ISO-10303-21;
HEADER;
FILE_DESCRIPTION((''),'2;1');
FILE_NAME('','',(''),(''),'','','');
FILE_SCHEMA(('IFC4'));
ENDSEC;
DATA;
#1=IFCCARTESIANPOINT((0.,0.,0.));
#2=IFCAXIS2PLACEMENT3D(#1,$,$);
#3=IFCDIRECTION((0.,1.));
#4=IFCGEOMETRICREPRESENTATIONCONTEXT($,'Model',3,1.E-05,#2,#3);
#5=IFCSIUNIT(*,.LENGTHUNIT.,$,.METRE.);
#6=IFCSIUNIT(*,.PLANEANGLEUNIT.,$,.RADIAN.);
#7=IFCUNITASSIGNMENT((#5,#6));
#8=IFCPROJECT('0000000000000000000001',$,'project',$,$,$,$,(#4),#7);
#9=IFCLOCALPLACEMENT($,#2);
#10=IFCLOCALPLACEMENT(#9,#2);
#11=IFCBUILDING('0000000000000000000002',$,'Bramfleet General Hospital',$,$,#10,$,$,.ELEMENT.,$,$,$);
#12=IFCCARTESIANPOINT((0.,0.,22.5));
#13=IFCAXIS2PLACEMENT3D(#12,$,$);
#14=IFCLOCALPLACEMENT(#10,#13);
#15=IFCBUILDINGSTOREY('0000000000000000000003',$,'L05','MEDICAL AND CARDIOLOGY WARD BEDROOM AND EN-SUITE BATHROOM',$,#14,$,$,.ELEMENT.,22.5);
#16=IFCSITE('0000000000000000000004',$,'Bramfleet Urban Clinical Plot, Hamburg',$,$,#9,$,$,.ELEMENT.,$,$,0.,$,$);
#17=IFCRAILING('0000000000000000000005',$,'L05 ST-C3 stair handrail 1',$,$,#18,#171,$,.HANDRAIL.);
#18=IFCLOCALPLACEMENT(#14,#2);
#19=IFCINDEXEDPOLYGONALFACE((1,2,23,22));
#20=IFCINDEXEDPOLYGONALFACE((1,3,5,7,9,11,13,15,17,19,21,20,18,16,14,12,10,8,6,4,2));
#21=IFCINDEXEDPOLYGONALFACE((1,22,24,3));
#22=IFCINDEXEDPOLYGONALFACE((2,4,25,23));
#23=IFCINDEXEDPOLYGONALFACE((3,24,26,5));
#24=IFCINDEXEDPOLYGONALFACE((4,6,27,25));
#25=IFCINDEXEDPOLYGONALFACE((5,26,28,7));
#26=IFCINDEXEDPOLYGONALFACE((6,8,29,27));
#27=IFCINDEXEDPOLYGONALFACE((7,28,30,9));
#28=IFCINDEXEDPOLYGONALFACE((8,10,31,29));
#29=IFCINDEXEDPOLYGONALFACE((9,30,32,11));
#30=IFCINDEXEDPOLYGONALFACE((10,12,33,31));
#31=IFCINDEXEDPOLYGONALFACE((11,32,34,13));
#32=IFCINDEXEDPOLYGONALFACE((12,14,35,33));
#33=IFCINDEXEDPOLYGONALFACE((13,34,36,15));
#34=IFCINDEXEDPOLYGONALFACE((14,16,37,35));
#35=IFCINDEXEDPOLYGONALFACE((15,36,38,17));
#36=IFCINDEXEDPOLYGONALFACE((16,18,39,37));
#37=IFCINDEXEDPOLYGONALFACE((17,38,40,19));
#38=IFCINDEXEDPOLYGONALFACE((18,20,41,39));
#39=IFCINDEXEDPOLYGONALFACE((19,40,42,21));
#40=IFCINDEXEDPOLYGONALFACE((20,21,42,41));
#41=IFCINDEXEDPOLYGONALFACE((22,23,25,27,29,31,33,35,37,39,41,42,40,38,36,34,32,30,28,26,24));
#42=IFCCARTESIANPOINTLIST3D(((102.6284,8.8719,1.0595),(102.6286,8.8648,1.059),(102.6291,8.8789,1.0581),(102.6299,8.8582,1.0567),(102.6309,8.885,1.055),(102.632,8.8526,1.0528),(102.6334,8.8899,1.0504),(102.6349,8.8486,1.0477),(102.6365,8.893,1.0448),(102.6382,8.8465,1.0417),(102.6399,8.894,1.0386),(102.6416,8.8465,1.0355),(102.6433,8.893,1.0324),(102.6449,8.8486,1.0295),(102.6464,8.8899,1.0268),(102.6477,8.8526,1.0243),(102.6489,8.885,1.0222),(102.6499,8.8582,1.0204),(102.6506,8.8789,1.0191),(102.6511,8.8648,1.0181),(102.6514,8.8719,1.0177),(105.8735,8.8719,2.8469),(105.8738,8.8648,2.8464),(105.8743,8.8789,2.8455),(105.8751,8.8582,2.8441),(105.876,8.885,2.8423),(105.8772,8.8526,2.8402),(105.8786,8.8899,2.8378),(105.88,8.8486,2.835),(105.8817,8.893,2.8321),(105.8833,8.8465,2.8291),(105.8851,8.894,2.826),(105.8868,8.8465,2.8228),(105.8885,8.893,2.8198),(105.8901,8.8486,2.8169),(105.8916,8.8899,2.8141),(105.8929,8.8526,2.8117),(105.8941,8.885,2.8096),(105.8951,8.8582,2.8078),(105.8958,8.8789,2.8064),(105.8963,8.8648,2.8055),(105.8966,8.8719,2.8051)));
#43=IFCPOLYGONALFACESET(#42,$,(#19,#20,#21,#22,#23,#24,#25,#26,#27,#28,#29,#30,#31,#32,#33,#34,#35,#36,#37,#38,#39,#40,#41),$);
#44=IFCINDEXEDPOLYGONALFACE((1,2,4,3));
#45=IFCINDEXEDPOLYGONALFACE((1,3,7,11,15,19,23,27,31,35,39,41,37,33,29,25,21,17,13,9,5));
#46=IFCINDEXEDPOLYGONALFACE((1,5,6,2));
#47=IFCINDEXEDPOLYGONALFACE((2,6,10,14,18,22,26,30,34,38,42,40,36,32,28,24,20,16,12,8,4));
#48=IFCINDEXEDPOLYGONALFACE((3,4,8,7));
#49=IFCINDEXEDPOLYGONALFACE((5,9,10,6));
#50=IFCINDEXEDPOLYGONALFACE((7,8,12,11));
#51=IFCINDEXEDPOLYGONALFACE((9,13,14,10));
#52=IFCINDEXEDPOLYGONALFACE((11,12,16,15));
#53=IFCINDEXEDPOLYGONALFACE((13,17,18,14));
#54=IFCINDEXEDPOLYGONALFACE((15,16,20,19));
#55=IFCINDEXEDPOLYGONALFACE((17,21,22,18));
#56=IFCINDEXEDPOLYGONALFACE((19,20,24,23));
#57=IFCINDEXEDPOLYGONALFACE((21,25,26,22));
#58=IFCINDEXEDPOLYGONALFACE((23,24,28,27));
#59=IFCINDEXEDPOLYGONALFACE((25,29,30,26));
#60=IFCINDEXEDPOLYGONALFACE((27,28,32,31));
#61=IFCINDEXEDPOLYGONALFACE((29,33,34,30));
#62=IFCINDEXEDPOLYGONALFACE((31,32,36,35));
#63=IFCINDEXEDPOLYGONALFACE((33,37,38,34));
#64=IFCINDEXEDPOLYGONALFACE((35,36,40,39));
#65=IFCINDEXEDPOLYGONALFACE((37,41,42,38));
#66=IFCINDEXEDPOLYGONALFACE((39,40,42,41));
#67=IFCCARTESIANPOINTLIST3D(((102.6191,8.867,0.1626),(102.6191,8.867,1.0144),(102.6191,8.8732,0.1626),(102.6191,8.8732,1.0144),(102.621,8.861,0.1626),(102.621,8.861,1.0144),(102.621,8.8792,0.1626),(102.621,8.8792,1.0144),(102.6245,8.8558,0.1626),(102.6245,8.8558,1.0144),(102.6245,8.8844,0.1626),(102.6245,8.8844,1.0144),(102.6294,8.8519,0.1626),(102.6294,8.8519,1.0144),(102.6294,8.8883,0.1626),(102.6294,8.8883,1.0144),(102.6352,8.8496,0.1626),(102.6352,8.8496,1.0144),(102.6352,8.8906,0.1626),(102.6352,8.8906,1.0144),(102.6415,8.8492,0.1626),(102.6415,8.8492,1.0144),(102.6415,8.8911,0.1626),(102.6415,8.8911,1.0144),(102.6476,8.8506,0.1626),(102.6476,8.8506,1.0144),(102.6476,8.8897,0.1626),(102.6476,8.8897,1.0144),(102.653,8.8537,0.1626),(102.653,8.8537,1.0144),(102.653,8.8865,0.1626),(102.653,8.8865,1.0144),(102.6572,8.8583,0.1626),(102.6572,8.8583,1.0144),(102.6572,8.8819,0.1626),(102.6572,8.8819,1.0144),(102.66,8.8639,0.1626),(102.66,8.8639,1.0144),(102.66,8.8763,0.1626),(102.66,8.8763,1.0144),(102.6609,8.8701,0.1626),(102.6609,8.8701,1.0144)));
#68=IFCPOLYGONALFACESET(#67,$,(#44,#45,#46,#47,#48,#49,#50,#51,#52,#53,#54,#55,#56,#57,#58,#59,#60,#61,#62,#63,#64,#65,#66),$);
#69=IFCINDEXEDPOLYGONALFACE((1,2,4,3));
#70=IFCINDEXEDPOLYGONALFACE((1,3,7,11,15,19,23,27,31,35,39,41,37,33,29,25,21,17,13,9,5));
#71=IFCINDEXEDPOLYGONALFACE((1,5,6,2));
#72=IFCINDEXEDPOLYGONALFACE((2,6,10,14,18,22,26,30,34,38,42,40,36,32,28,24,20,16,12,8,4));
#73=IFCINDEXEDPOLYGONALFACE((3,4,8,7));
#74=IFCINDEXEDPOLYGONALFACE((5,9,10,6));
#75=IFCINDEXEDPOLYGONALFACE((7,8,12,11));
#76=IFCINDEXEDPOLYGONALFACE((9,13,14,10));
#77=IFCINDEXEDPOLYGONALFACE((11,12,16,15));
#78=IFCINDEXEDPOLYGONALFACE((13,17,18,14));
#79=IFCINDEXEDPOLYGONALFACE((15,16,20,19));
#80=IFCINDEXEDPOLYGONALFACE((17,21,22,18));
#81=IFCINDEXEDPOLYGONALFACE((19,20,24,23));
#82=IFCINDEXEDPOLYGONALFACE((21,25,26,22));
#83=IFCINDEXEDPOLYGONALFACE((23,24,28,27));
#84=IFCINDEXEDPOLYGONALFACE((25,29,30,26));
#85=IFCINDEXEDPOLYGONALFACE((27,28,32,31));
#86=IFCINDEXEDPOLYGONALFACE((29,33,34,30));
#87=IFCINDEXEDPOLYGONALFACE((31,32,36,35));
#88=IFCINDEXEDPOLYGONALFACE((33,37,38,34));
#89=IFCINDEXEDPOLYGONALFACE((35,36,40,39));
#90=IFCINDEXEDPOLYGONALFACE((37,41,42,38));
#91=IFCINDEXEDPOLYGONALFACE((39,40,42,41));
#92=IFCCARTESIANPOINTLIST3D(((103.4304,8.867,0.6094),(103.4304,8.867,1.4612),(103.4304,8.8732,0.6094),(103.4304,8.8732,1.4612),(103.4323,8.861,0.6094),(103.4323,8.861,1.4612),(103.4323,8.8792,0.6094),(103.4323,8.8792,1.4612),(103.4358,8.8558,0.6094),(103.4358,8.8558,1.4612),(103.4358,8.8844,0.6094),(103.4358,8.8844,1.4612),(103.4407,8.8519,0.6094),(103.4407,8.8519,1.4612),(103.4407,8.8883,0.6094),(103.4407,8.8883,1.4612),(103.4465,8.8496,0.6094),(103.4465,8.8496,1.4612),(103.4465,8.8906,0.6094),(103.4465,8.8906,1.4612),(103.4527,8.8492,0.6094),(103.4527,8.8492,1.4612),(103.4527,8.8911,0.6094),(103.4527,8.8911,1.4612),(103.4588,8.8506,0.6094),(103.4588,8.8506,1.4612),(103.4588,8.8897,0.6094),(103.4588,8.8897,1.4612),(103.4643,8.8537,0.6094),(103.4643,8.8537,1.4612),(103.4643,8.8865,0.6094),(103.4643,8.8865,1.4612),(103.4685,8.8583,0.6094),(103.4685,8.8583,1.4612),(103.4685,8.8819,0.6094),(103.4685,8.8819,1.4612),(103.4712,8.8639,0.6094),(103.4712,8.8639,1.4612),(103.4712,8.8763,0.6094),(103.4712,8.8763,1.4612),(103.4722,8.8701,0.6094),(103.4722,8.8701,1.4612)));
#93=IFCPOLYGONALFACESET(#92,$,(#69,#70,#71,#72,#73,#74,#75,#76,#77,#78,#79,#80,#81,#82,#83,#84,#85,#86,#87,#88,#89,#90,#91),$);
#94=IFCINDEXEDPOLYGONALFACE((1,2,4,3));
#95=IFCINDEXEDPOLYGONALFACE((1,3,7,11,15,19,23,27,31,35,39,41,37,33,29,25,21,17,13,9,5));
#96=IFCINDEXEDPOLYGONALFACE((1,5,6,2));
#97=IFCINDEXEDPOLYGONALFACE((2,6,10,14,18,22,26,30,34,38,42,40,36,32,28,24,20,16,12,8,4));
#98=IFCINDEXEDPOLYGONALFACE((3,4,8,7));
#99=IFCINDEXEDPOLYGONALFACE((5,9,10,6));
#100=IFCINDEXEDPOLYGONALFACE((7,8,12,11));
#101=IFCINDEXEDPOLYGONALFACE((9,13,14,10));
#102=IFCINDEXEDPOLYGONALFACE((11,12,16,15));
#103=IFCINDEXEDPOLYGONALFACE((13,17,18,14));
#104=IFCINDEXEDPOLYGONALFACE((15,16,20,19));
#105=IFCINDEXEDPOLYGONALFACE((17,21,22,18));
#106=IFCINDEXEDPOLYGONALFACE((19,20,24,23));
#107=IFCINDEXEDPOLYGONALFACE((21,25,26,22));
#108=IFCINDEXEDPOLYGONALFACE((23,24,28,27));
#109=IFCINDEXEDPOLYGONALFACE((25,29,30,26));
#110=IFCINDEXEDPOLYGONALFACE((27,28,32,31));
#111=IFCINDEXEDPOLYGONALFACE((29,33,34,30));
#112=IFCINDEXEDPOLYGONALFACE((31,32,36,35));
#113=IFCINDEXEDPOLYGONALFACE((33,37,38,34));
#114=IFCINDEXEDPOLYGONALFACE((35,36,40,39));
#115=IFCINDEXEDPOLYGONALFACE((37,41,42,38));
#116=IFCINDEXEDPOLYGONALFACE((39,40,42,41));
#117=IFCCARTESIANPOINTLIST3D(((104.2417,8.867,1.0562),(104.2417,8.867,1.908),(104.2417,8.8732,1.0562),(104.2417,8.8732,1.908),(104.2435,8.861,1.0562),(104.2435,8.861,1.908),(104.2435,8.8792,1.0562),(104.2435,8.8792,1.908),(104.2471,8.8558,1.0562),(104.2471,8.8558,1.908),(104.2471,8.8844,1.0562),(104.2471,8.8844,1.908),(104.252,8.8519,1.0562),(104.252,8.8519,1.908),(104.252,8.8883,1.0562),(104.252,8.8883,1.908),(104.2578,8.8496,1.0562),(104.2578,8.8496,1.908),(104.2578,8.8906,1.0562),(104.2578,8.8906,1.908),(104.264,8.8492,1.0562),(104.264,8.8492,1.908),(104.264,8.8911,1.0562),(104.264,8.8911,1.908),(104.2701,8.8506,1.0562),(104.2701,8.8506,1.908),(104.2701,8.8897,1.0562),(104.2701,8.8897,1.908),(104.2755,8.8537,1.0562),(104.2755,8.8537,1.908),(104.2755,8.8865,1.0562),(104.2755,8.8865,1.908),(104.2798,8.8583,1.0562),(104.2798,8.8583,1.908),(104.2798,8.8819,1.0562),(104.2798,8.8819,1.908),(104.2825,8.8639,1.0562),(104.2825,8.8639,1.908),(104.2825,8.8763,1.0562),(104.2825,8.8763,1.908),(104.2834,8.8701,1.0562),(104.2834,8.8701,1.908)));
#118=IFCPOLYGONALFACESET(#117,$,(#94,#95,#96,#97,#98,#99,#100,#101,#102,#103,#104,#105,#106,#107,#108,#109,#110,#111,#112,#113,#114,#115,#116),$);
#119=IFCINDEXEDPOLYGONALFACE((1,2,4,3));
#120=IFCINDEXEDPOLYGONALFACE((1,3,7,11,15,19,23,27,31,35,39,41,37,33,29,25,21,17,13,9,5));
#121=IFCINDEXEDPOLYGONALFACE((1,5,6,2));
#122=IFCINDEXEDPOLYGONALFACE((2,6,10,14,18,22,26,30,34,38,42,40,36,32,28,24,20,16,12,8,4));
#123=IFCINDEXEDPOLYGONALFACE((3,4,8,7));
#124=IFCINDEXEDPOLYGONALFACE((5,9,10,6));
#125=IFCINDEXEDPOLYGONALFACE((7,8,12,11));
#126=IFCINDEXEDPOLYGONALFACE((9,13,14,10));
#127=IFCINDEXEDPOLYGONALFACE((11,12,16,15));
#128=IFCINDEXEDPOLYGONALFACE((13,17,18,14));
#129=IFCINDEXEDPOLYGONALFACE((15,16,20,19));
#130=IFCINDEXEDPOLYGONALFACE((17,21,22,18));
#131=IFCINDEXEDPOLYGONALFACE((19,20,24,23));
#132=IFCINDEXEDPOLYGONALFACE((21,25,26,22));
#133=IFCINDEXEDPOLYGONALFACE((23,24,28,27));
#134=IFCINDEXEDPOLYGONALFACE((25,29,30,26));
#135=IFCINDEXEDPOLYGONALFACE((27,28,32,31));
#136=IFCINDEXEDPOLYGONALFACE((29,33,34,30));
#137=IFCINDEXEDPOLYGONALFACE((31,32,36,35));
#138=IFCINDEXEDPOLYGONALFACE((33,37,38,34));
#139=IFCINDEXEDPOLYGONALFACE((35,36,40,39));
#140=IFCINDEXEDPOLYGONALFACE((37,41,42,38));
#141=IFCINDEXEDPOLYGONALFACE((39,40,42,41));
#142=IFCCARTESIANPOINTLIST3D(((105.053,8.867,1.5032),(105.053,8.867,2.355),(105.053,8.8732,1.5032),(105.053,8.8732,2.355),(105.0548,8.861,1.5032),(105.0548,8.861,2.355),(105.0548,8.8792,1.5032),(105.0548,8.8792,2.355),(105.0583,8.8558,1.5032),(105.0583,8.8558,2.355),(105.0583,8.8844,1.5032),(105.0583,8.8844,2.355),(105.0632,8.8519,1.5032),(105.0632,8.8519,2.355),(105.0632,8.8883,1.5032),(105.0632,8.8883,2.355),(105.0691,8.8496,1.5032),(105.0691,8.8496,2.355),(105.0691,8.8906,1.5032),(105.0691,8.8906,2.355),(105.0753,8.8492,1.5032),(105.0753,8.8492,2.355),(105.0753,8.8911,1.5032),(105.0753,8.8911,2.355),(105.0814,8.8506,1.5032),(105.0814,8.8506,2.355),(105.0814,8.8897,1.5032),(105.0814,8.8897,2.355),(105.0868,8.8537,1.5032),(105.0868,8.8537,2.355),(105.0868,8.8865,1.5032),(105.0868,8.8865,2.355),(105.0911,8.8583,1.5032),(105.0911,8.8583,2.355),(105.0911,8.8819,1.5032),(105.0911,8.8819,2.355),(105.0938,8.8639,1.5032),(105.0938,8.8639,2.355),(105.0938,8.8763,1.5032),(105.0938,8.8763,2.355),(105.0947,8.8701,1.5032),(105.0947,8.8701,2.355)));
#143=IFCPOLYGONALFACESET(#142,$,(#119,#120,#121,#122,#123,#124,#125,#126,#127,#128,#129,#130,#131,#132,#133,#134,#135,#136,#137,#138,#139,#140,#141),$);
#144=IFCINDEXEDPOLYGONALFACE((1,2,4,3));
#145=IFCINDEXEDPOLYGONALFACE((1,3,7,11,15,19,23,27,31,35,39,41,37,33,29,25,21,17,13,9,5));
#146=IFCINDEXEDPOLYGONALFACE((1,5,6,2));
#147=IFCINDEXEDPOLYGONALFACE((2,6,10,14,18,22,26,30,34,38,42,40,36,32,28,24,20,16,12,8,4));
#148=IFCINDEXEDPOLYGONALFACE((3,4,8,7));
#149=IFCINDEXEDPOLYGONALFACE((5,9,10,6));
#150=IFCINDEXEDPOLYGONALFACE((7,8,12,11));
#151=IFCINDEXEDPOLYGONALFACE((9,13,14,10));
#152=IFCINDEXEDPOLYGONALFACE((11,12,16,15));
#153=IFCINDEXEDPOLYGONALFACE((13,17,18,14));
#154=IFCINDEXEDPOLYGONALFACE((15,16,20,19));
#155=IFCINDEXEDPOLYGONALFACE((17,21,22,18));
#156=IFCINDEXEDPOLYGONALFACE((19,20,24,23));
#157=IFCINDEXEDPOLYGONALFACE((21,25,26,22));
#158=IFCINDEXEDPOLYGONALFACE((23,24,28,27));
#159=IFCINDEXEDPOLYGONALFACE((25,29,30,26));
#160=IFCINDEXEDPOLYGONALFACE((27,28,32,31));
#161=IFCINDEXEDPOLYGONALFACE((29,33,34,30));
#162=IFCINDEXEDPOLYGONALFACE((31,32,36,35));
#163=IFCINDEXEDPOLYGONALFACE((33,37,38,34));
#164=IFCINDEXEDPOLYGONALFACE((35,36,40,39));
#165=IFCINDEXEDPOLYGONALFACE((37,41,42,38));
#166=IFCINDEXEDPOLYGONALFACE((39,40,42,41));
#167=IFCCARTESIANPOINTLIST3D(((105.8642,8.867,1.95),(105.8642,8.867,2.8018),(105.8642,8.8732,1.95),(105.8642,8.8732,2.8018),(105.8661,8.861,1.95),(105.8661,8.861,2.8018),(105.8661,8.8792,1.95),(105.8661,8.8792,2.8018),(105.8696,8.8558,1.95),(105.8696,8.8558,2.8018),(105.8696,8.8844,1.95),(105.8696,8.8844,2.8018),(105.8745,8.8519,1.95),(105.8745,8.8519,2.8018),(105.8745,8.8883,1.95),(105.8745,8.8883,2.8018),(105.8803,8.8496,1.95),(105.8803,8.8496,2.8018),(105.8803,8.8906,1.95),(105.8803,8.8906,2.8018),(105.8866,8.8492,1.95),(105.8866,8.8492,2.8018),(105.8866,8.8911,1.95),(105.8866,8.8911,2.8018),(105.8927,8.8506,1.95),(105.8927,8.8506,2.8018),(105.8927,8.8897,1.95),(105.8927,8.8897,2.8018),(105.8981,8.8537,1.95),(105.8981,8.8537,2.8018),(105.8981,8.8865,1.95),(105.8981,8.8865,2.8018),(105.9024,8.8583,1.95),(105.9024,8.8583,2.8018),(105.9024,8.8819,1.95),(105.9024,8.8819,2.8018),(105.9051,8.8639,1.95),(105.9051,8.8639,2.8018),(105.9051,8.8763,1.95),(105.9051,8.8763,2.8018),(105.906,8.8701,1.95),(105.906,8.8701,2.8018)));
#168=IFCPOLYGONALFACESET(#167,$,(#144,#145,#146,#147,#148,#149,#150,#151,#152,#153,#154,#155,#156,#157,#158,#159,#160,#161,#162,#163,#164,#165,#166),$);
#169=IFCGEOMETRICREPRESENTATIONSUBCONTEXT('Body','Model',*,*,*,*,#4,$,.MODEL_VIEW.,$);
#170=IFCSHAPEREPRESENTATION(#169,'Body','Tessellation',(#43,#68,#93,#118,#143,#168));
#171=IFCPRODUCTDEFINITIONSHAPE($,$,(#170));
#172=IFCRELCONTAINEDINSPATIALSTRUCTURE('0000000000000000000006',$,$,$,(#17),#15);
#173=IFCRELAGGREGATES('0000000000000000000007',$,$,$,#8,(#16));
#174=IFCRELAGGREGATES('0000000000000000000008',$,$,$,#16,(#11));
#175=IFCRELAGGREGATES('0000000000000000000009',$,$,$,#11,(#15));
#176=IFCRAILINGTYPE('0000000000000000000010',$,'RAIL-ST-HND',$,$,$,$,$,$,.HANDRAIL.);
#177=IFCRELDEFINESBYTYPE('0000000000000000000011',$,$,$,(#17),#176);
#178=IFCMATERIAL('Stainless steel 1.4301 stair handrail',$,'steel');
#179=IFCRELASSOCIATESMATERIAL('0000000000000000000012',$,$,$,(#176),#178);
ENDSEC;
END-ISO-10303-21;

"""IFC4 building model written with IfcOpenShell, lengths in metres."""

from ifc_helpers import new_model, si_unit, direction, frame, origin, origin_2d, place, context, subcontext, project, spatial, circle, extrude, material, type_object, element, save


model = new_model("IFC4")

# Units and contexts
model_context = context("Model", 3, precision=1e-05, world=origin(), true_north=direction((0.0, 1.0)))
body_context = subcontext(model_context, "Body", "Model", "MODEL_VIEW")
ifc_project = project(units=[si_unit("LENGTHUNIT", "METRE"), si_unit("PLANEANGLEUNIT", "RADIAN")], contexts=[model_context])

# Site, building, storey
site_placement = place(None, origin())
site = spatial("IfcSite", under=ifc_project, at=site_placement, Name="Bramfleet Urban Clinical Plot, Hamburg", CompositionType="ELEMENT", RefElevation=0.0)
building_placement = place(site_placement, origin())
building = spatial("IfcBuilding", under=site, at=building_placement, Name="Bramfleet General Hospital", CompositionType="ELEMENT")
storey_placement = place(building_placement, frame((0.0, 0.0, 22.5)))
storey = spatial("IfcBuildingStorey", under=building, at=storey_placement, Name="L05", Description="MEDICAL AND CARDIOLOGY WARD BEDROOM AND EN-SUITE BATHROOM", CompositionType="ELEMENT", Elevation=22.5)

# Railing
ifc_material_1 = material(Name="Stainless steel 1.4301 stair handrail", Category="steel")
railing_type_1 = type_object("IfcRailingType", Name="RAIL-ST-HND", PredefinedType="HANDRAIL", material=ifc_material_1)
railing_1_placement = place(storey_placement, frame((102.6399, 8.8701, 0.1626)))
element("IfcRailing", 1, at=railing_1_placement, inside=storey, type_object=railing_type_1, Name="L05 ST-C3 stair handrail 1", PredefinedType="HANDRAIL", context=body_context, shape_type="SweptSolid", body=[
    extrude(circle(Radius=0.0239, at=origin_2d()), frame((0.0, 0.0, 0.876), z_axis=(0.875926, 0.0, 0.482445), x_axis=(0.0, 1.0, 0.0)), (0.0, 0.0, 1.0), 3.7048),
    extrude(circle(Radius=0.021, at=origin_2d()), origin(), (0.0, 0.0, 1.0), 0.8518),
    extrude(circle(Radius=0.021, at=origin_2d()), frame((0.8113, 0.0, 0.4468)), (0.0, 0.0, 1.0), 0.8518),
    extrude(circle(Radius=0.021, at=origin_2d()), frame((1.6226, 0.0, 0.8936)), (0.0, 0.0, 1.0), 0.8518),
    extrude(circle(Radius=0.021, at=origin_2d()), frame((2.4338, 0.0, 1.3406)), (0.0, 0.0, 1.0), 0.8518),
    extrude(circle(Radius=0.021, at=origin_2d()), frame((3.2451, 0.0, 1.7874)), (0.0, 0.0, 1.0), 0.8518),
])

save(model, "model.ifc")
